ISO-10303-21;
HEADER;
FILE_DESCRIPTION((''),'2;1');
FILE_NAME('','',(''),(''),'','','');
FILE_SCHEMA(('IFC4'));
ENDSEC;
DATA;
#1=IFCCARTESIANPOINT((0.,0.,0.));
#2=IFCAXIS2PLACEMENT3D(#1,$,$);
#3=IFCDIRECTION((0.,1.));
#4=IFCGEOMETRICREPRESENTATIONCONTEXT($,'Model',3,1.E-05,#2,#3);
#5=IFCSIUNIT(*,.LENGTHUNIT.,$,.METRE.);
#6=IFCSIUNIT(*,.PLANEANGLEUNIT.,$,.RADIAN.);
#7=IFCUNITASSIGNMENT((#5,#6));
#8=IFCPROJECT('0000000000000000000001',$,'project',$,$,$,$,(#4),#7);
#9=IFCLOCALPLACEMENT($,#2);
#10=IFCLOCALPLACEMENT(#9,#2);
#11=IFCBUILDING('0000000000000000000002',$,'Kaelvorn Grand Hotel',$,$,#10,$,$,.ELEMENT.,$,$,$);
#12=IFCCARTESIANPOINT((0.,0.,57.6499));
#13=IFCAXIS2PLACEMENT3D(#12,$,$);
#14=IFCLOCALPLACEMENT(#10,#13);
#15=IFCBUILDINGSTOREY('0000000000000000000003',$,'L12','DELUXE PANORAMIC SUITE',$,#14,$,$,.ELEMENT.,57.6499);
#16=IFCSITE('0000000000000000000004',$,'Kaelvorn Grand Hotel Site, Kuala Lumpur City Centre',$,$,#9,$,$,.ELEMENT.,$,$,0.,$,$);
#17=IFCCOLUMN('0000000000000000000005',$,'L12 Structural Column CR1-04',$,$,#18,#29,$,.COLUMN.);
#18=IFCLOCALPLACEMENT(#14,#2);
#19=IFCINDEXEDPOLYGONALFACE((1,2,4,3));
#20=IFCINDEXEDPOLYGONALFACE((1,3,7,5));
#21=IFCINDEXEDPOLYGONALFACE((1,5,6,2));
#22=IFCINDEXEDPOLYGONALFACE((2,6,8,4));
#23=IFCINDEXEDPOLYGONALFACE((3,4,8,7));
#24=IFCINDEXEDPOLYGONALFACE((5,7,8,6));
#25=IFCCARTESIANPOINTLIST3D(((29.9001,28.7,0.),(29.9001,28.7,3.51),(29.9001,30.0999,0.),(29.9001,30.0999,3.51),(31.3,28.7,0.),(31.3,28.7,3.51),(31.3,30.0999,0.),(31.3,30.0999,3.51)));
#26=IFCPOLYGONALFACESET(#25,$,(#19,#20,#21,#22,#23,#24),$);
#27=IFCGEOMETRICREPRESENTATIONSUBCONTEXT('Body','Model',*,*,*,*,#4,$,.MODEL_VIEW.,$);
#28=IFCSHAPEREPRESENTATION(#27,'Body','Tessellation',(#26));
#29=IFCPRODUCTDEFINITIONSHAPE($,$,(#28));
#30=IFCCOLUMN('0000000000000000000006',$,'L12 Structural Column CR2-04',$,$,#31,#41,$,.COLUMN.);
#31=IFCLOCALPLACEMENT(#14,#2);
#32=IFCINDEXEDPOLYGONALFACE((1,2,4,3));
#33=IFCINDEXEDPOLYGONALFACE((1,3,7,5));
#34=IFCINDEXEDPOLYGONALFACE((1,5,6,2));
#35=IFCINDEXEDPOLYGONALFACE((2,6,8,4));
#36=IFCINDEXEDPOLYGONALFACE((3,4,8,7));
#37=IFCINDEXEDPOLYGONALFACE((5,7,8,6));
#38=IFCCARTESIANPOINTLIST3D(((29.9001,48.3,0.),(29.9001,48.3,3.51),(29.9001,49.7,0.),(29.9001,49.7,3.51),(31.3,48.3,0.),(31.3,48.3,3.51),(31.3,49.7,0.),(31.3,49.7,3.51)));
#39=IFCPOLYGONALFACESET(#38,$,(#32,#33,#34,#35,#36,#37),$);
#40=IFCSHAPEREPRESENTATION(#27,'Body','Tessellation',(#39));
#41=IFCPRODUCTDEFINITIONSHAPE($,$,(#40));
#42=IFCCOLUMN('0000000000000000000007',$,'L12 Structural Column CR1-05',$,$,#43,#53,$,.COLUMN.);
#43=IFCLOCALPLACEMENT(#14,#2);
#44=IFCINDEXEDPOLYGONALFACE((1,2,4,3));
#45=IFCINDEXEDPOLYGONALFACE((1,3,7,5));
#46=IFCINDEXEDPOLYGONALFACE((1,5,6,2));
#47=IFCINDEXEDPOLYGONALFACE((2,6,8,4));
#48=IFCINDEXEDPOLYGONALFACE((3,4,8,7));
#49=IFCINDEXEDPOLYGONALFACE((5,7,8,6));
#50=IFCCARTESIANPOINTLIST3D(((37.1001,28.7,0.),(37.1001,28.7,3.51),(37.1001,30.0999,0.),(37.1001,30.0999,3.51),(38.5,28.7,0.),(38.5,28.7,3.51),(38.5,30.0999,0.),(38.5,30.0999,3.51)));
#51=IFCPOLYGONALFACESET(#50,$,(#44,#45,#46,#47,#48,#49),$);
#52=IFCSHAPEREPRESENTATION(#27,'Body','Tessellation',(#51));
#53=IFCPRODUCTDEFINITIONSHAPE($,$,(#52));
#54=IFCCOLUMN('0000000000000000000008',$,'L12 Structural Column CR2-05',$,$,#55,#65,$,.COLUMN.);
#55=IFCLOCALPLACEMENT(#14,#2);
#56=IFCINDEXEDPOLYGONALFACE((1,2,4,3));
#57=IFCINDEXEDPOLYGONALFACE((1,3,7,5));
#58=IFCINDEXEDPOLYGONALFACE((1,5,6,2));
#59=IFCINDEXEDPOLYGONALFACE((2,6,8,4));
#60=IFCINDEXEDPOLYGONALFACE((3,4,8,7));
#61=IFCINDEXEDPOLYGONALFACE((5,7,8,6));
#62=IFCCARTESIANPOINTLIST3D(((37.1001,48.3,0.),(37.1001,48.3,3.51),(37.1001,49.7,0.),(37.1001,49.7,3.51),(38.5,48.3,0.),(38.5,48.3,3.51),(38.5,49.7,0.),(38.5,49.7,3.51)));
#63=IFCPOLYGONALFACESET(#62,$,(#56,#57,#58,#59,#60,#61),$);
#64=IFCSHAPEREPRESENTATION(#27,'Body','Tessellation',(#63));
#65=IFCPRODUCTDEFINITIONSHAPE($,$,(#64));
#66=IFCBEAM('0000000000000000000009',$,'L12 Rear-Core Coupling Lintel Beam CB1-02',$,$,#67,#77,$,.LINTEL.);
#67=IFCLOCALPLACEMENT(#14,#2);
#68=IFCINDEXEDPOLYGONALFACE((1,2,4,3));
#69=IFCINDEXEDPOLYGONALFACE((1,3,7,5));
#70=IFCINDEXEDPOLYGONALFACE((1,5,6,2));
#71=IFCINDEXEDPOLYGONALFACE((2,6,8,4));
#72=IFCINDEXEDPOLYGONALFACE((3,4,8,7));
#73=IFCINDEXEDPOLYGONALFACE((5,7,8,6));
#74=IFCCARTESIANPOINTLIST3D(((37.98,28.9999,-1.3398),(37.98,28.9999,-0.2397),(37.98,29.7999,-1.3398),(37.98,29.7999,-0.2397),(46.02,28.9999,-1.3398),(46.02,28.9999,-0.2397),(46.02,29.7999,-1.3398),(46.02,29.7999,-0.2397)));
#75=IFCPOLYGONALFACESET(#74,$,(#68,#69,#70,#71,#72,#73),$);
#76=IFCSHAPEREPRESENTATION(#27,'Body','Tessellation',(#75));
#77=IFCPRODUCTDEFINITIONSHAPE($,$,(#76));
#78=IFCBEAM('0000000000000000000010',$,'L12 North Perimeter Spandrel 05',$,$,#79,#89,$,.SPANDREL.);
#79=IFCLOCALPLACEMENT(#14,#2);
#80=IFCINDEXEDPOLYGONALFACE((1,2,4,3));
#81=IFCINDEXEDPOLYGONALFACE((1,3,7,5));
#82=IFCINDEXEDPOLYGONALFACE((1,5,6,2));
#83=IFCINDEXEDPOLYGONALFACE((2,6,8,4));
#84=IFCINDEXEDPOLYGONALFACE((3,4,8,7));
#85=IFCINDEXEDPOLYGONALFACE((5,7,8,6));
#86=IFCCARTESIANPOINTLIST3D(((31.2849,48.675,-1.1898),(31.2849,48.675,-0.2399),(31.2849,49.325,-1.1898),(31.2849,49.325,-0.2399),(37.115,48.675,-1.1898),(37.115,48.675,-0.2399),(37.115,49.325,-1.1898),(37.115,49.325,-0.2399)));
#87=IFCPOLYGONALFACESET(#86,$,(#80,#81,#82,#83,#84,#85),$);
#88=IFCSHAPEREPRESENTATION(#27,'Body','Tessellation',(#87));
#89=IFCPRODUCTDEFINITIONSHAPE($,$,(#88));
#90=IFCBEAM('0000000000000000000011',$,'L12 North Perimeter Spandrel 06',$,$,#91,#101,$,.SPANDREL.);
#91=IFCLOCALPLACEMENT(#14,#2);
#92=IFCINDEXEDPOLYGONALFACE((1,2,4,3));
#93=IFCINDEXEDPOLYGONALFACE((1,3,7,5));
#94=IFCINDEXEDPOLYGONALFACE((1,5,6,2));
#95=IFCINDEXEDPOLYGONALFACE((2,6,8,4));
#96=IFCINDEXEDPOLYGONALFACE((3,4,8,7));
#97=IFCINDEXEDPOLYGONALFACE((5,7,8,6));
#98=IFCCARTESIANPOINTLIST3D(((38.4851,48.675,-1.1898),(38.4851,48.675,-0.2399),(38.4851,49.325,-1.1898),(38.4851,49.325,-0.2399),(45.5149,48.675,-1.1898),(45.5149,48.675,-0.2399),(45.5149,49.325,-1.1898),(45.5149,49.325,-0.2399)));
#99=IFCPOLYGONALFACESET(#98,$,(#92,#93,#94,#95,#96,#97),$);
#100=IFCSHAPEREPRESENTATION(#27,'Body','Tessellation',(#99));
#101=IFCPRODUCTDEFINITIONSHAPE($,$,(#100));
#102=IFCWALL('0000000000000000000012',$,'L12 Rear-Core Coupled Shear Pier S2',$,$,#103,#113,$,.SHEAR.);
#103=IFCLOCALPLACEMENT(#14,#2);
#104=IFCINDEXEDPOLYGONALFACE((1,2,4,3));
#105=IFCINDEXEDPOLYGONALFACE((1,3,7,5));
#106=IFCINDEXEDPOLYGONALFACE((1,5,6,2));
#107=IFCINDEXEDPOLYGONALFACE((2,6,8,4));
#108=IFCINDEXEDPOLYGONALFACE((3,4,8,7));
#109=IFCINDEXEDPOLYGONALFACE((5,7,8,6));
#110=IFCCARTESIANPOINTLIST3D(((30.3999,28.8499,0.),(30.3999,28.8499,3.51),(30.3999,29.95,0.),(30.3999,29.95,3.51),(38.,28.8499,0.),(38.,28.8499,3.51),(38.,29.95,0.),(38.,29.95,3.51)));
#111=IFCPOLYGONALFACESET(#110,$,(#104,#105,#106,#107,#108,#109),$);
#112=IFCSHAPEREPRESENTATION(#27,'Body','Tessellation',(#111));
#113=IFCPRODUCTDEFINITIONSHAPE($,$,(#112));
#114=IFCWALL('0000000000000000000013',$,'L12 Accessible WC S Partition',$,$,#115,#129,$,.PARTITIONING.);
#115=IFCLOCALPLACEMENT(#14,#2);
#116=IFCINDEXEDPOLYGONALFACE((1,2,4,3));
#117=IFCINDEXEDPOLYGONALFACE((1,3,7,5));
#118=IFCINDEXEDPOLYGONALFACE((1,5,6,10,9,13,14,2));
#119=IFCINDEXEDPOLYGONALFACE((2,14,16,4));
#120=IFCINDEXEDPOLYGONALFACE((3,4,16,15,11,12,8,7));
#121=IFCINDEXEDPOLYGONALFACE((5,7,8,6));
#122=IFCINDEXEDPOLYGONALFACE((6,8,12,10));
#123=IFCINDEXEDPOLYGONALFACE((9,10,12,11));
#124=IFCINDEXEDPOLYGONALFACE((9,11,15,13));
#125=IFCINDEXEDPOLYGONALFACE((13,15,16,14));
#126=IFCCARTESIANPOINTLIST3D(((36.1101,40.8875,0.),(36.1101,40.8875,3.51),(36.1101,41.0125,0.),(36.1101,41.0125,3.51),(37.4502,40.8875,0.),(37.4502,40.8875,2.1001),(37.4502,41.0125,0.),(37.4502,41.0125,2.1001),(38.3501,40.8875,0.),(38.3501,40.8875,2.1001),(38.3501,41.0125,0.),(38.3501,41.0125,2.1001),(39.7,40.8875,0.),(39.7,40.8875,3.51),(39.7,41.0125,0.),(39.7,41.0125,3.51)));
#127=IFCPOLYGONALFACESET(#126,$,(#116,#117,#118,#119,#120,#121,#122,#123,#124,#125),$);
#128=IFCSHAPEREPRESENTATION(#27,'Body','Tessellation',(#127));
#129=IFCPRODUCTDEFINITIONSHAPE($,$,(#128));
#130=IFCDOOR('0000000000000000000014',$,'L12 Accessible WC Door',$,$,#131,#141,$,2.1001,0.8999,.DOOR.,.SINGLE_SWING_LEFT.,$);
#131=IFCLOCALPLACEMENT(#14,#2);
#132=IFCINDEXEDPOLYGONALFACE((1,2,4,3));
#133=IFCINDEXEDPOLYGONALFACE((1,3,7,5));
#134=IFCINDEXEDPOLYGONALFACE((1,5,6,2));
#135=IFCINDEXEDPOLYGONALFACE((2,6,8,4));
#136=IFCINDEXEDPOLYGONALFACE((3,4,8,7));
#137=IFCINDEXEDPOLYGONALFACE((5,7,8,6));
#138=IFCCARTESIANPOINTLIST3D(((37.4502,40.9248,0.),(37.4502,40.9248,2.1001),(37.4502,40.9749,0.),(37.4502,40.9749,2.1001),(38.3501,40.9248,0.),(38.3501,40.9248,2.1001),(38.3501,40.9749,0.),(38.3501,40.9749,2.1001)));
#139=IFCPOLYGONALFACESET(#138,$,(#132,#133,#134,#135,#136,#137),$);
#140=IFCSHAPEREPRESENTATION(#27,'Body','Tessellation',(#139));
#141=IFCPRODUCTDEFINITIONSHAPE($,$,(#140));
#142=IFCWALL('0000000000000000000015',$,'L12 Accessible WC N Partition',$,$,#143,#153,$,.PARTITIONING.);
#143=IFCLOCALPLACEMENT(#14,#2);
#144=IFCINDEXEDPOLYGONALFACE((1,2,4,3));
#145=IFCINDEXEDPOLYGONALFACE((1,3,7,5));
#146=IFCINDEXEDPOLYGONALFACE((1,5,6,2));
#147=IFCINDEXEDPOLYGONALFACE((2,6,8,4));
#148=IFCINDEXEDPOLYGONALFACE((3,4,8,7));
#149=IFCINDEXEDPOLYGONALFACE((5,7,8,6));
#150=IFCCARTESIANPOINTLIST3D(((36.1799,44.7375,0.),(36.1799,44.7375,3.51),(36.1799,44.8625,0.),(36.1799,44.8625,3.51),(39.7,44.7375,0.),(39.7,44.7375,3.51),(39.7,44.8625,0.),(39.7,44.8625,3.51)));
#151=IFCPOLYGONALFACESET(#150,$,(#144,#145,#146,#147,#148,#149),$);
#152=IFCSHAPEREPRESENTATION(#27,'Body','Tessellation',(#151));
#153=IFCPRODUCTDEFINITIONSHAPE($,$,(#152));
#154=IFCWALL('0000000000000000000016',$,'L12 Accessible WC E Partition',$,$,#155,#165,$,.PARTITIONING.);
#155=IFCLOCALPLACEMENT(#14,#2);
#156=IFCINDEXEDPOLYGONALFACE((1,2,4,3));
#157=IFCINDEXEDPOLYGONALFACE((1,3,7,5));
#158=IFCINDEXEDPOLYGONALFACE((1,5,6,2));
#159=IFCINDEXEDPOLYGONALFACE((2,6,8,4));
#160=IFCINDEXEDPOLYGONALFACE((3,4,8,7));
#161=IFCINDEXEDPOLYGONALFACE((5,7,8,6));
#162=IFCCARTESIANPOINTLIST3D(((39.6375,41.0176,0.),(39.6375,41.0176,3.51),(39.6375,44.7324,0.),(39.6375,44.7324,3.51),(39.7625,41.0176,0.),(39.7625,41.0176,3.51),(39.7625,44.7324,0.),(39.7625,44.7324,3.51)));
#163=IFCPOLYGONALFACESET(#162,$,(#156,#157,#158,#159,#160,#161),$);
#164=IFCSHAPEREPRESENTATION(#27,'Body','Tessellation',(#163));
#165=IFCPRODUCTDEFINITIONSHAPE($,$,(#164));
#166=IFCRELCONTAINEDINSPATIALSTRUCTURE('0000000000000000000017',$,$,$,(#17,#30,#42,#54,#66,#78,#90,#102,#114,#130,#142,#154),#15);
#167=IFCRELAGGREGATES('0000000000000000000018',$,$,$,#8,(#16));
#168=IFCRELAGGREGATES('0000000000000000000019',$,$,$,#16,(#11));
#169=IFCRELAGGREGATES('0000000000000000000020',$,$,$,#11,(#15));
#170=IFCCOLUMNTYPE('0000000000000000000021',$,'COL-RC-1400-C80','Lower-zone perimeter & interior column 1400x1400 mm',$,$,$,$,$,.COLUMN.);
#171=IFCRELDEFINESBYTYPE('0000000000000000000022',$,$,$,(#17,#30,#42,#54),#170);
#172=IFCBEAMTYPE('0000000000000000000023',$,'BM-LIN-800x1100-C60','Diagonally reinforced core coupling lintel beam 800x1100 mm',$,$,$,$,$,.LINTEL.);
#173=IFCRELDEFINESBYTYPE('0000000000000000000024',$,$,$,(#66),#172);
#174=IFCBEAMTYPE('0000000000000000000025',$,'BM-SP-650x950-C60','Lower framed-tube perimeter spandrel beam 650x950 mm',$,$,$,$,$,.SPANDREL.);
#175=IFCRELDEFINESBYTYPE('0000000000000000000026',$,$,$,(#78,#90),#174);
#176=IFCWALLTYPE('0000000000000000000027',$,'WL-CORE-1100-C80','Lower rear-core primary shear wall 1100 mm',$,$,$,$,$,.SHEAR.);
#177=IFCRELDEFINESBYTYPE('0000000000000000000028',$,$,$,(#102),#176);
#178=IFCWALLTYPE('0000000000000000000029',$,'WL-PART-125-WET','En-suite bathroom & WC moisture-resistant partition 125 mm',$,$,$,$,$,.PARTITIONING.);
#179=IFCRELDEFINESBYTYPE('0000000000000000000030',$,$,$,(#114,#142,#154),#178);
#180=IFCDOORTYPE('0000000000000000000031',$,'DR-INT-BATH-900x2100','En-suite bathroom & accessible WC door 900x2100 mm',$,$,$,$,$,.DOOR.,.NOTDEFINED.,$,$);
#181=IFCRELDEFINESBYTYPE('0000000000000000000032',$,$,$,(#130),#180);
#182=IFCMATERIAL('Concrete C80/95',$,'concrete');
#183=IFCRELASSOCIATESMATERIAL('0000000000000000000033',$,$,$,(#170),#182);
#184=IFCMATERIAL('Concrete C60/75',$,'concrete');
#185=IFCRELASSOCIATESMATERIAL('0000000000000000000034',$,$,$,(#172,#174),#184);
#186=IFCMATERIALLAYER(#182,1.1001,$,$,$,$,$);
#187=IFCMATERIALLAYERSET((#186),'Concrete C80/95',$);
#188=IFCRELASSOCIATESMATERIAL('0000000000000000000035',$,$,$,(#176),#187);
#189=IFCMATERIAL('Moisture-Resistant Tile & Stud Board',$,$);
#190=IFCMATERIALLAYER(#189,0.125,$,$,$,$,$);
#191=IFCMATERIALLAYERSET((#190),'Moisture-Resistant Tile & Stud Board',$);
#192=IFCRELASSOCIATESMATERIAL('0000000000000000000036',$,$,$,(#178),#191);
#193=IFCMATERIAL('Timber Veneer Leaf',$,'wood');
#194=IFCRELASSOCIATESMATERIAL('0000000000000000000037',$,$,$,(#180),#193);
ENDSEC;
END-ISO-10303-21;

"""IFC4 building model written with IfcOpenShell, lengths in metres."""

from ifc_helpers import new_model, si_unit, direction, frame, frame_2d, origin, origin_2d, place, context, subcontext, project, spatial, rectangle, extrude, material, layer, layer_set, material_profile, profile_set, type_object, element, fill, save


model = new_model("IFC4")

# Units and contexts
model_context = context("Model", 3, precision=1e-05, world=origin(), true_north=direction((0.0, 1.0)))
body_context = subcontext(model_context, "Body", "Model", "MODEL_VIEW")
ifc_project = project(units=[si_unit("LENGTHUNIT", "METRE"), si_unit("PLANEANGLEUNIT", "RADIAN")], contexts=[model_context])

# Site, building, storey
site_placement = place(None, origin())
site = spatial("IfcSite", under=ifc_project, at=site_placement, Name="Kaelvorn Grand Hotel Site, Kuala Lumpur City Centre", CompositionType="ELEMENT", RefElevation=0.0)
building_placement = place(site_placement, origin())
building = spatial("IfcBuilding", under=site, at=building_placement, Name="Kaelvorn Grand Hotel", CompositionType="ELEMENT")
storey_placement = place(building_placement, frame((0.0, 0.0, 57.6499)))
storey = spatial("IfcBuildingStorey", under=building, at=storey_placement, Name="L12", Description="DELUXE PANORAMIC SUITE", CompositionType="ELEMENT", Elevation=57.6499)

# Columns
ifc_material_1 = material(Name="Concrete C80/95", Category="concrete")
ifc_material_profile_1 = material_profile(ifc_material_1, rectangle(XDim=1.3999, YDim=1.3999, at=origin_2d()), Name="RC COL 1400x1400")
ifc_profile_set_1 = profile_set([ifc_material_profile_1], Name="Concrete C80/95")
column_type = type_object("IfcColumnType", Name="COL-RC-1400-C80", Description="Lower-zone perimeter & interior column 1400x1400 mm", PredefinedType="COLUMN", material=ifc_profile_set_1)
for number, where, z_axis, x_axis, name in (
    (1, (30.6001, 29.3999, 0.0), (0.0, 0.0, 1.0), (1.0, 0.0, 0.0), "L12 Structural Column CR1-04"),
    (2, (30.6001, 49.0, 0.0), (0.0, 0.0, 1.0), (1.0, 0.0, 0.0), "L12 Structural Column CR2-04"),
    (3, (37.8, 29.3999, 0.0), (0.0, 0.0, 1.0), (1.0, 0.0, 0.0), "L12 Structural Column CR1-05"),
    (4, (37.8, 49.0, 0.0), (0.0, 0.0, 1.0), (1.0, 0.0, 0.0), "L12 Structural Column CR2-05"),
):
    element("IfcColumn", number, at=place(storey_placement, frame(where, z_axis=z_axis, x_axis=x_axis)), inside=storey, type_object=column_type, Name=name, PredefinedType="COLUMN", context=body_context, shape_type="SweptSolid", body=[
        extrude(rectangle(XDim=1.3999, YDim=1.3999, at=origin_2d()), origin(), (0.0, 0.0, 1.0), 3.51),
    ])

# Beams
ifc_material_2 = material(Name="Concrete C60/75", Category="concrete")
ifc_material_profile_2 = material_profile(ifc_material_2, rectangle(XDim=0.8, YDim=1.1001, at=origin_2d()), Name="RC LINTEL 800x1100")
ifc_profile_set_2 = profile_set([ifc_material_profile_2], Name="Concrete C60/75")
beam_type_1 = type_object("IfcBeamType", Name="BM-LIN-800x1100-C60", Description="Diagonally reinforced core coupling lintel beam 800x1100 mm", PredefinedType="LINTEL", material=ifc_profile_set_2)
beam_1_placement = place(storey_placement, frame((37.98, 29.3999, -0.7898), z_axis=(1.0, 0.0, 0.0), x_axis=(0.0, 1.0, 0.0)))
element("IfcBeam", 5, at=beam_1_placement, inside=storey, type_object=beam_type_1, Name="L12 Rear-Core Coupling Lintel Beam CB1-02", PredefinedType="LINTEL", context=body_context, shape_type="SweptSolid", body=[
    extrude(rectangle(XDim=0.8, YDim=1.1001, at=origin_2d()), origin(), (0.0, 0.0, 1.0), 8.04),
])
ifc_material_profile_3 = material_profile(ifc_material_2, rectangle(XDim=0.6499, YDim=0.95, at=origin_2d()), Name="RC SPANDREL 650x950")
ifc_profile_set_3 = profile_set([ifc_material_profile_3], Name="Concrete C60/75")
beam_type_2 = type_object("IfcBeamType", Name="BM-SP-650x950-C60", Description="Lower framed-tube perimeter spandrel beam 650x950 mm", PredefinedType="SPANDREL", material=ifc_profile_set_3)
beam_2_placement = place(storey_placement, frame((31.2849, 49.0, -0.7148), z_axis=(1.0, 0.0, 0.0), x_axis=(0.0, 1.0, 0.0)))
element("IfcBeam", 6, at=beam_2_placement, inside=storey, type_object=beam_type_2, Name="L12 North Perimeter Spandrel 05", PredefinedType="SPANDREL", context=body_context, shape_type="SweptSolid", body=[
    extrude(rectangle(XDim=0.6499, YDim=0.95, at=origin_2d()), origin(), (0.0, 0.0, 1.0), 5.8301),
])
beam_3_placement = place(storey_placement, frame((38.4851, 49.0, -0.7148), z_axis=(1.0, 0.0, 0.0), x_axis=(0.0, 1.0, 0.0)))
element("IfcBeam", 7, at=beam_3_placement, inside=storey, type_object=beam_type_2, Name="L12 North Perimeter Spandrel 06", PredefinedType="SPANDREL", context=body_context, shape_type="SweptSolid", body=[
    extrude(rectangle(XDim=0.6499, YDim=0.95, at=origin_2d()), origin(), (0.0, 0.0, 1.0), 7.0298),
])

# Wall
ifc_layer_1 = layer(ifc_material_1, 1.1001)
ifc_layer_set_1 = layer_set([ifc_layer_1], Name="Concrete C80/95")
wall_type_1 = type_object("IfcWallType", Name="WL-CORE-1100-C80", Description="Lower rear-core primary shear wall 1100 mm", PredefinedType="SHEAR", material=ifc_layer_set_1)
wall_1_placement = place(storey_placement, frame((30.3999, 29.3999, 0.0), z_axis=(0.0, 0.0, 1.0), x_axis=(1.0, 0.0, 0.0)))
element("IfcWall", 8, at=wall_1_placement, inside=storey, type_object=wall_type_1, Name="L12 Rear-Core Coupled Shear Pier S2", PredefinedType="SHEAR", context=body_context, shape_type="SweptSolid", body=[
    extrude(rectangle(XDim=7.6001, YDim=1.1001, at=frame_2d((3.8, 0.0))), origin(), (0.0, 0.0, 1.0), 3.51),
])

# Wall, opening, door
ifc_material_3 = material(Name="Moisture-Resistant Tile & Stud Board")
ifc_layer_2 = layer(ifc_material_3, 0.125)
ifc_layer_set_2 = layer_set([ifc_layer_2], Name="Moisture-Resistant Tile & Stud Board")
wall_type_2 = type_object("IfcWallType", Name="WL-PART-125-WET", Description="En-suite bathroom & WC moisture-resistant partition 125 mm", PredefinedType="PARTITIONING", material=ifc_layer_set_2)
wall_2_placement = place(storey_placement, frame((36.1101, 40.95, 0.0), z_axis=(0.0, 0.0, 1.0), x_axis=(1.0, 0.0, 0.0)))
wall_2 = element("IfcWall", 9, at=wall_2_placement, inside=storey, type_object=wall_type_2, Name="L12 Accessible WC S Partition", PredefinedType="PARTITIONING", context=body_context, shape_type="SweptSolid", body=[
    extrude(rectangle(XDim=3.5898, YDim=0.125, at=frame_2d((1.7949, 0.0))), origin(), (0.0, 0.0, 1.0), 3.51),
])
opening_1_placement = place(wall_2_placement, frame((1.3401, 0.0, 0.0)))
opening_1 = element("IfcOpeningElement", 10, at=opening_1_placement, cuts=wall_2, PredefinedType="OPENING", context=body_context, shape_type="SweptSolid", body=[
    extrude(rectangle(XDim=0.8999, YDim=2.1001, at=frame_2d((0.45, 1.05))), frame((0.0, 0.0725, 0.0), z_axis=(0.0, -1.0, 0.0), x_axis=(1.0, 0.0, 0.0)), (0.0, 0.0, 1.0), 0.145),
])
ifc_material_4 = material(Name="Timber Veneer Leaf", Category="wood")
door_type_1 = type_object("IfcDoorType", Name="DR-INT-BATH-900x2100", Description="En-suite bathroom & accessible WC door 900x2100 mm", OperationType="NOTDEFINED", PredefinedType="DOOR", material=ifc_material_4)
door_1_placement = place(opening_1_placement, origin())
door_1 = element("IfcDoor", 11, at=door_1_placement, inside=storey, type_object=door_type_1, Name="L12 Accessible WC Door", OperationType="SINGLE_SWING_LEFT", OverallHeight=2.1001, OverallWidth=0.8999, PredefinedType="DOOR", context=body_context, shape_type="SweptSolid", body=[
    extrude(rectangle(XDim=0.8999, YDim=2.1001, at=frame_2d((0.45, 1.05))), frame((0.0, 0.0249, 0.0), z_axis=(0.0, -1.0, 0.0), x_axis=(1.0, 0.0, 0.0)), (0.0, 0.0, 1.0), 0.05),
])
fill(opening_1, door_1)

# Walls
wall_3_placement = place(storey_placement, frame((36.1799, 44.8, 0.0), z_axis=(0.0, 0.0, 1.0), x_axis=(1.0, 0.0, 0.0)))
element("IfcWall", 12, at=wall_3_placement, inside=storey, type_object=wall_type_2, Name="L12 Accessible WC N Partition", PredefinedType="PARTITIONING", context=body_context, shape_type="SweptSolid", body=[
    extrude(rectangle(XDim=3.52, YDim=0.125, at=frame_2d((1.76, 0.0))), origin(), (0.0, 0.0, 1.0), 3.51),
])
wall_4_placement = place(storey_placement, frame((39.7, 41.0176, 0.0), z_axis=(0.0, 0.0, 1.0), x_axis=(0.0, 1.0, 0.0)))
element("IfcWall", 13, at=wall_4_placement, inside=storey, type_object=wall_type_2, Name="L12 Accessible WC E Partition", PredefinedType="PARTITIONING", context=body_context, shape_type="SweptSolid", body=[
    extrude(rectangle(XDim=3.7148, YDim=0.125, at=frame_2d((1.8574, 0.0))), origin(), (0.0, 0.0, 1.0), 3.51),
])

save(model, "model.ifc")
